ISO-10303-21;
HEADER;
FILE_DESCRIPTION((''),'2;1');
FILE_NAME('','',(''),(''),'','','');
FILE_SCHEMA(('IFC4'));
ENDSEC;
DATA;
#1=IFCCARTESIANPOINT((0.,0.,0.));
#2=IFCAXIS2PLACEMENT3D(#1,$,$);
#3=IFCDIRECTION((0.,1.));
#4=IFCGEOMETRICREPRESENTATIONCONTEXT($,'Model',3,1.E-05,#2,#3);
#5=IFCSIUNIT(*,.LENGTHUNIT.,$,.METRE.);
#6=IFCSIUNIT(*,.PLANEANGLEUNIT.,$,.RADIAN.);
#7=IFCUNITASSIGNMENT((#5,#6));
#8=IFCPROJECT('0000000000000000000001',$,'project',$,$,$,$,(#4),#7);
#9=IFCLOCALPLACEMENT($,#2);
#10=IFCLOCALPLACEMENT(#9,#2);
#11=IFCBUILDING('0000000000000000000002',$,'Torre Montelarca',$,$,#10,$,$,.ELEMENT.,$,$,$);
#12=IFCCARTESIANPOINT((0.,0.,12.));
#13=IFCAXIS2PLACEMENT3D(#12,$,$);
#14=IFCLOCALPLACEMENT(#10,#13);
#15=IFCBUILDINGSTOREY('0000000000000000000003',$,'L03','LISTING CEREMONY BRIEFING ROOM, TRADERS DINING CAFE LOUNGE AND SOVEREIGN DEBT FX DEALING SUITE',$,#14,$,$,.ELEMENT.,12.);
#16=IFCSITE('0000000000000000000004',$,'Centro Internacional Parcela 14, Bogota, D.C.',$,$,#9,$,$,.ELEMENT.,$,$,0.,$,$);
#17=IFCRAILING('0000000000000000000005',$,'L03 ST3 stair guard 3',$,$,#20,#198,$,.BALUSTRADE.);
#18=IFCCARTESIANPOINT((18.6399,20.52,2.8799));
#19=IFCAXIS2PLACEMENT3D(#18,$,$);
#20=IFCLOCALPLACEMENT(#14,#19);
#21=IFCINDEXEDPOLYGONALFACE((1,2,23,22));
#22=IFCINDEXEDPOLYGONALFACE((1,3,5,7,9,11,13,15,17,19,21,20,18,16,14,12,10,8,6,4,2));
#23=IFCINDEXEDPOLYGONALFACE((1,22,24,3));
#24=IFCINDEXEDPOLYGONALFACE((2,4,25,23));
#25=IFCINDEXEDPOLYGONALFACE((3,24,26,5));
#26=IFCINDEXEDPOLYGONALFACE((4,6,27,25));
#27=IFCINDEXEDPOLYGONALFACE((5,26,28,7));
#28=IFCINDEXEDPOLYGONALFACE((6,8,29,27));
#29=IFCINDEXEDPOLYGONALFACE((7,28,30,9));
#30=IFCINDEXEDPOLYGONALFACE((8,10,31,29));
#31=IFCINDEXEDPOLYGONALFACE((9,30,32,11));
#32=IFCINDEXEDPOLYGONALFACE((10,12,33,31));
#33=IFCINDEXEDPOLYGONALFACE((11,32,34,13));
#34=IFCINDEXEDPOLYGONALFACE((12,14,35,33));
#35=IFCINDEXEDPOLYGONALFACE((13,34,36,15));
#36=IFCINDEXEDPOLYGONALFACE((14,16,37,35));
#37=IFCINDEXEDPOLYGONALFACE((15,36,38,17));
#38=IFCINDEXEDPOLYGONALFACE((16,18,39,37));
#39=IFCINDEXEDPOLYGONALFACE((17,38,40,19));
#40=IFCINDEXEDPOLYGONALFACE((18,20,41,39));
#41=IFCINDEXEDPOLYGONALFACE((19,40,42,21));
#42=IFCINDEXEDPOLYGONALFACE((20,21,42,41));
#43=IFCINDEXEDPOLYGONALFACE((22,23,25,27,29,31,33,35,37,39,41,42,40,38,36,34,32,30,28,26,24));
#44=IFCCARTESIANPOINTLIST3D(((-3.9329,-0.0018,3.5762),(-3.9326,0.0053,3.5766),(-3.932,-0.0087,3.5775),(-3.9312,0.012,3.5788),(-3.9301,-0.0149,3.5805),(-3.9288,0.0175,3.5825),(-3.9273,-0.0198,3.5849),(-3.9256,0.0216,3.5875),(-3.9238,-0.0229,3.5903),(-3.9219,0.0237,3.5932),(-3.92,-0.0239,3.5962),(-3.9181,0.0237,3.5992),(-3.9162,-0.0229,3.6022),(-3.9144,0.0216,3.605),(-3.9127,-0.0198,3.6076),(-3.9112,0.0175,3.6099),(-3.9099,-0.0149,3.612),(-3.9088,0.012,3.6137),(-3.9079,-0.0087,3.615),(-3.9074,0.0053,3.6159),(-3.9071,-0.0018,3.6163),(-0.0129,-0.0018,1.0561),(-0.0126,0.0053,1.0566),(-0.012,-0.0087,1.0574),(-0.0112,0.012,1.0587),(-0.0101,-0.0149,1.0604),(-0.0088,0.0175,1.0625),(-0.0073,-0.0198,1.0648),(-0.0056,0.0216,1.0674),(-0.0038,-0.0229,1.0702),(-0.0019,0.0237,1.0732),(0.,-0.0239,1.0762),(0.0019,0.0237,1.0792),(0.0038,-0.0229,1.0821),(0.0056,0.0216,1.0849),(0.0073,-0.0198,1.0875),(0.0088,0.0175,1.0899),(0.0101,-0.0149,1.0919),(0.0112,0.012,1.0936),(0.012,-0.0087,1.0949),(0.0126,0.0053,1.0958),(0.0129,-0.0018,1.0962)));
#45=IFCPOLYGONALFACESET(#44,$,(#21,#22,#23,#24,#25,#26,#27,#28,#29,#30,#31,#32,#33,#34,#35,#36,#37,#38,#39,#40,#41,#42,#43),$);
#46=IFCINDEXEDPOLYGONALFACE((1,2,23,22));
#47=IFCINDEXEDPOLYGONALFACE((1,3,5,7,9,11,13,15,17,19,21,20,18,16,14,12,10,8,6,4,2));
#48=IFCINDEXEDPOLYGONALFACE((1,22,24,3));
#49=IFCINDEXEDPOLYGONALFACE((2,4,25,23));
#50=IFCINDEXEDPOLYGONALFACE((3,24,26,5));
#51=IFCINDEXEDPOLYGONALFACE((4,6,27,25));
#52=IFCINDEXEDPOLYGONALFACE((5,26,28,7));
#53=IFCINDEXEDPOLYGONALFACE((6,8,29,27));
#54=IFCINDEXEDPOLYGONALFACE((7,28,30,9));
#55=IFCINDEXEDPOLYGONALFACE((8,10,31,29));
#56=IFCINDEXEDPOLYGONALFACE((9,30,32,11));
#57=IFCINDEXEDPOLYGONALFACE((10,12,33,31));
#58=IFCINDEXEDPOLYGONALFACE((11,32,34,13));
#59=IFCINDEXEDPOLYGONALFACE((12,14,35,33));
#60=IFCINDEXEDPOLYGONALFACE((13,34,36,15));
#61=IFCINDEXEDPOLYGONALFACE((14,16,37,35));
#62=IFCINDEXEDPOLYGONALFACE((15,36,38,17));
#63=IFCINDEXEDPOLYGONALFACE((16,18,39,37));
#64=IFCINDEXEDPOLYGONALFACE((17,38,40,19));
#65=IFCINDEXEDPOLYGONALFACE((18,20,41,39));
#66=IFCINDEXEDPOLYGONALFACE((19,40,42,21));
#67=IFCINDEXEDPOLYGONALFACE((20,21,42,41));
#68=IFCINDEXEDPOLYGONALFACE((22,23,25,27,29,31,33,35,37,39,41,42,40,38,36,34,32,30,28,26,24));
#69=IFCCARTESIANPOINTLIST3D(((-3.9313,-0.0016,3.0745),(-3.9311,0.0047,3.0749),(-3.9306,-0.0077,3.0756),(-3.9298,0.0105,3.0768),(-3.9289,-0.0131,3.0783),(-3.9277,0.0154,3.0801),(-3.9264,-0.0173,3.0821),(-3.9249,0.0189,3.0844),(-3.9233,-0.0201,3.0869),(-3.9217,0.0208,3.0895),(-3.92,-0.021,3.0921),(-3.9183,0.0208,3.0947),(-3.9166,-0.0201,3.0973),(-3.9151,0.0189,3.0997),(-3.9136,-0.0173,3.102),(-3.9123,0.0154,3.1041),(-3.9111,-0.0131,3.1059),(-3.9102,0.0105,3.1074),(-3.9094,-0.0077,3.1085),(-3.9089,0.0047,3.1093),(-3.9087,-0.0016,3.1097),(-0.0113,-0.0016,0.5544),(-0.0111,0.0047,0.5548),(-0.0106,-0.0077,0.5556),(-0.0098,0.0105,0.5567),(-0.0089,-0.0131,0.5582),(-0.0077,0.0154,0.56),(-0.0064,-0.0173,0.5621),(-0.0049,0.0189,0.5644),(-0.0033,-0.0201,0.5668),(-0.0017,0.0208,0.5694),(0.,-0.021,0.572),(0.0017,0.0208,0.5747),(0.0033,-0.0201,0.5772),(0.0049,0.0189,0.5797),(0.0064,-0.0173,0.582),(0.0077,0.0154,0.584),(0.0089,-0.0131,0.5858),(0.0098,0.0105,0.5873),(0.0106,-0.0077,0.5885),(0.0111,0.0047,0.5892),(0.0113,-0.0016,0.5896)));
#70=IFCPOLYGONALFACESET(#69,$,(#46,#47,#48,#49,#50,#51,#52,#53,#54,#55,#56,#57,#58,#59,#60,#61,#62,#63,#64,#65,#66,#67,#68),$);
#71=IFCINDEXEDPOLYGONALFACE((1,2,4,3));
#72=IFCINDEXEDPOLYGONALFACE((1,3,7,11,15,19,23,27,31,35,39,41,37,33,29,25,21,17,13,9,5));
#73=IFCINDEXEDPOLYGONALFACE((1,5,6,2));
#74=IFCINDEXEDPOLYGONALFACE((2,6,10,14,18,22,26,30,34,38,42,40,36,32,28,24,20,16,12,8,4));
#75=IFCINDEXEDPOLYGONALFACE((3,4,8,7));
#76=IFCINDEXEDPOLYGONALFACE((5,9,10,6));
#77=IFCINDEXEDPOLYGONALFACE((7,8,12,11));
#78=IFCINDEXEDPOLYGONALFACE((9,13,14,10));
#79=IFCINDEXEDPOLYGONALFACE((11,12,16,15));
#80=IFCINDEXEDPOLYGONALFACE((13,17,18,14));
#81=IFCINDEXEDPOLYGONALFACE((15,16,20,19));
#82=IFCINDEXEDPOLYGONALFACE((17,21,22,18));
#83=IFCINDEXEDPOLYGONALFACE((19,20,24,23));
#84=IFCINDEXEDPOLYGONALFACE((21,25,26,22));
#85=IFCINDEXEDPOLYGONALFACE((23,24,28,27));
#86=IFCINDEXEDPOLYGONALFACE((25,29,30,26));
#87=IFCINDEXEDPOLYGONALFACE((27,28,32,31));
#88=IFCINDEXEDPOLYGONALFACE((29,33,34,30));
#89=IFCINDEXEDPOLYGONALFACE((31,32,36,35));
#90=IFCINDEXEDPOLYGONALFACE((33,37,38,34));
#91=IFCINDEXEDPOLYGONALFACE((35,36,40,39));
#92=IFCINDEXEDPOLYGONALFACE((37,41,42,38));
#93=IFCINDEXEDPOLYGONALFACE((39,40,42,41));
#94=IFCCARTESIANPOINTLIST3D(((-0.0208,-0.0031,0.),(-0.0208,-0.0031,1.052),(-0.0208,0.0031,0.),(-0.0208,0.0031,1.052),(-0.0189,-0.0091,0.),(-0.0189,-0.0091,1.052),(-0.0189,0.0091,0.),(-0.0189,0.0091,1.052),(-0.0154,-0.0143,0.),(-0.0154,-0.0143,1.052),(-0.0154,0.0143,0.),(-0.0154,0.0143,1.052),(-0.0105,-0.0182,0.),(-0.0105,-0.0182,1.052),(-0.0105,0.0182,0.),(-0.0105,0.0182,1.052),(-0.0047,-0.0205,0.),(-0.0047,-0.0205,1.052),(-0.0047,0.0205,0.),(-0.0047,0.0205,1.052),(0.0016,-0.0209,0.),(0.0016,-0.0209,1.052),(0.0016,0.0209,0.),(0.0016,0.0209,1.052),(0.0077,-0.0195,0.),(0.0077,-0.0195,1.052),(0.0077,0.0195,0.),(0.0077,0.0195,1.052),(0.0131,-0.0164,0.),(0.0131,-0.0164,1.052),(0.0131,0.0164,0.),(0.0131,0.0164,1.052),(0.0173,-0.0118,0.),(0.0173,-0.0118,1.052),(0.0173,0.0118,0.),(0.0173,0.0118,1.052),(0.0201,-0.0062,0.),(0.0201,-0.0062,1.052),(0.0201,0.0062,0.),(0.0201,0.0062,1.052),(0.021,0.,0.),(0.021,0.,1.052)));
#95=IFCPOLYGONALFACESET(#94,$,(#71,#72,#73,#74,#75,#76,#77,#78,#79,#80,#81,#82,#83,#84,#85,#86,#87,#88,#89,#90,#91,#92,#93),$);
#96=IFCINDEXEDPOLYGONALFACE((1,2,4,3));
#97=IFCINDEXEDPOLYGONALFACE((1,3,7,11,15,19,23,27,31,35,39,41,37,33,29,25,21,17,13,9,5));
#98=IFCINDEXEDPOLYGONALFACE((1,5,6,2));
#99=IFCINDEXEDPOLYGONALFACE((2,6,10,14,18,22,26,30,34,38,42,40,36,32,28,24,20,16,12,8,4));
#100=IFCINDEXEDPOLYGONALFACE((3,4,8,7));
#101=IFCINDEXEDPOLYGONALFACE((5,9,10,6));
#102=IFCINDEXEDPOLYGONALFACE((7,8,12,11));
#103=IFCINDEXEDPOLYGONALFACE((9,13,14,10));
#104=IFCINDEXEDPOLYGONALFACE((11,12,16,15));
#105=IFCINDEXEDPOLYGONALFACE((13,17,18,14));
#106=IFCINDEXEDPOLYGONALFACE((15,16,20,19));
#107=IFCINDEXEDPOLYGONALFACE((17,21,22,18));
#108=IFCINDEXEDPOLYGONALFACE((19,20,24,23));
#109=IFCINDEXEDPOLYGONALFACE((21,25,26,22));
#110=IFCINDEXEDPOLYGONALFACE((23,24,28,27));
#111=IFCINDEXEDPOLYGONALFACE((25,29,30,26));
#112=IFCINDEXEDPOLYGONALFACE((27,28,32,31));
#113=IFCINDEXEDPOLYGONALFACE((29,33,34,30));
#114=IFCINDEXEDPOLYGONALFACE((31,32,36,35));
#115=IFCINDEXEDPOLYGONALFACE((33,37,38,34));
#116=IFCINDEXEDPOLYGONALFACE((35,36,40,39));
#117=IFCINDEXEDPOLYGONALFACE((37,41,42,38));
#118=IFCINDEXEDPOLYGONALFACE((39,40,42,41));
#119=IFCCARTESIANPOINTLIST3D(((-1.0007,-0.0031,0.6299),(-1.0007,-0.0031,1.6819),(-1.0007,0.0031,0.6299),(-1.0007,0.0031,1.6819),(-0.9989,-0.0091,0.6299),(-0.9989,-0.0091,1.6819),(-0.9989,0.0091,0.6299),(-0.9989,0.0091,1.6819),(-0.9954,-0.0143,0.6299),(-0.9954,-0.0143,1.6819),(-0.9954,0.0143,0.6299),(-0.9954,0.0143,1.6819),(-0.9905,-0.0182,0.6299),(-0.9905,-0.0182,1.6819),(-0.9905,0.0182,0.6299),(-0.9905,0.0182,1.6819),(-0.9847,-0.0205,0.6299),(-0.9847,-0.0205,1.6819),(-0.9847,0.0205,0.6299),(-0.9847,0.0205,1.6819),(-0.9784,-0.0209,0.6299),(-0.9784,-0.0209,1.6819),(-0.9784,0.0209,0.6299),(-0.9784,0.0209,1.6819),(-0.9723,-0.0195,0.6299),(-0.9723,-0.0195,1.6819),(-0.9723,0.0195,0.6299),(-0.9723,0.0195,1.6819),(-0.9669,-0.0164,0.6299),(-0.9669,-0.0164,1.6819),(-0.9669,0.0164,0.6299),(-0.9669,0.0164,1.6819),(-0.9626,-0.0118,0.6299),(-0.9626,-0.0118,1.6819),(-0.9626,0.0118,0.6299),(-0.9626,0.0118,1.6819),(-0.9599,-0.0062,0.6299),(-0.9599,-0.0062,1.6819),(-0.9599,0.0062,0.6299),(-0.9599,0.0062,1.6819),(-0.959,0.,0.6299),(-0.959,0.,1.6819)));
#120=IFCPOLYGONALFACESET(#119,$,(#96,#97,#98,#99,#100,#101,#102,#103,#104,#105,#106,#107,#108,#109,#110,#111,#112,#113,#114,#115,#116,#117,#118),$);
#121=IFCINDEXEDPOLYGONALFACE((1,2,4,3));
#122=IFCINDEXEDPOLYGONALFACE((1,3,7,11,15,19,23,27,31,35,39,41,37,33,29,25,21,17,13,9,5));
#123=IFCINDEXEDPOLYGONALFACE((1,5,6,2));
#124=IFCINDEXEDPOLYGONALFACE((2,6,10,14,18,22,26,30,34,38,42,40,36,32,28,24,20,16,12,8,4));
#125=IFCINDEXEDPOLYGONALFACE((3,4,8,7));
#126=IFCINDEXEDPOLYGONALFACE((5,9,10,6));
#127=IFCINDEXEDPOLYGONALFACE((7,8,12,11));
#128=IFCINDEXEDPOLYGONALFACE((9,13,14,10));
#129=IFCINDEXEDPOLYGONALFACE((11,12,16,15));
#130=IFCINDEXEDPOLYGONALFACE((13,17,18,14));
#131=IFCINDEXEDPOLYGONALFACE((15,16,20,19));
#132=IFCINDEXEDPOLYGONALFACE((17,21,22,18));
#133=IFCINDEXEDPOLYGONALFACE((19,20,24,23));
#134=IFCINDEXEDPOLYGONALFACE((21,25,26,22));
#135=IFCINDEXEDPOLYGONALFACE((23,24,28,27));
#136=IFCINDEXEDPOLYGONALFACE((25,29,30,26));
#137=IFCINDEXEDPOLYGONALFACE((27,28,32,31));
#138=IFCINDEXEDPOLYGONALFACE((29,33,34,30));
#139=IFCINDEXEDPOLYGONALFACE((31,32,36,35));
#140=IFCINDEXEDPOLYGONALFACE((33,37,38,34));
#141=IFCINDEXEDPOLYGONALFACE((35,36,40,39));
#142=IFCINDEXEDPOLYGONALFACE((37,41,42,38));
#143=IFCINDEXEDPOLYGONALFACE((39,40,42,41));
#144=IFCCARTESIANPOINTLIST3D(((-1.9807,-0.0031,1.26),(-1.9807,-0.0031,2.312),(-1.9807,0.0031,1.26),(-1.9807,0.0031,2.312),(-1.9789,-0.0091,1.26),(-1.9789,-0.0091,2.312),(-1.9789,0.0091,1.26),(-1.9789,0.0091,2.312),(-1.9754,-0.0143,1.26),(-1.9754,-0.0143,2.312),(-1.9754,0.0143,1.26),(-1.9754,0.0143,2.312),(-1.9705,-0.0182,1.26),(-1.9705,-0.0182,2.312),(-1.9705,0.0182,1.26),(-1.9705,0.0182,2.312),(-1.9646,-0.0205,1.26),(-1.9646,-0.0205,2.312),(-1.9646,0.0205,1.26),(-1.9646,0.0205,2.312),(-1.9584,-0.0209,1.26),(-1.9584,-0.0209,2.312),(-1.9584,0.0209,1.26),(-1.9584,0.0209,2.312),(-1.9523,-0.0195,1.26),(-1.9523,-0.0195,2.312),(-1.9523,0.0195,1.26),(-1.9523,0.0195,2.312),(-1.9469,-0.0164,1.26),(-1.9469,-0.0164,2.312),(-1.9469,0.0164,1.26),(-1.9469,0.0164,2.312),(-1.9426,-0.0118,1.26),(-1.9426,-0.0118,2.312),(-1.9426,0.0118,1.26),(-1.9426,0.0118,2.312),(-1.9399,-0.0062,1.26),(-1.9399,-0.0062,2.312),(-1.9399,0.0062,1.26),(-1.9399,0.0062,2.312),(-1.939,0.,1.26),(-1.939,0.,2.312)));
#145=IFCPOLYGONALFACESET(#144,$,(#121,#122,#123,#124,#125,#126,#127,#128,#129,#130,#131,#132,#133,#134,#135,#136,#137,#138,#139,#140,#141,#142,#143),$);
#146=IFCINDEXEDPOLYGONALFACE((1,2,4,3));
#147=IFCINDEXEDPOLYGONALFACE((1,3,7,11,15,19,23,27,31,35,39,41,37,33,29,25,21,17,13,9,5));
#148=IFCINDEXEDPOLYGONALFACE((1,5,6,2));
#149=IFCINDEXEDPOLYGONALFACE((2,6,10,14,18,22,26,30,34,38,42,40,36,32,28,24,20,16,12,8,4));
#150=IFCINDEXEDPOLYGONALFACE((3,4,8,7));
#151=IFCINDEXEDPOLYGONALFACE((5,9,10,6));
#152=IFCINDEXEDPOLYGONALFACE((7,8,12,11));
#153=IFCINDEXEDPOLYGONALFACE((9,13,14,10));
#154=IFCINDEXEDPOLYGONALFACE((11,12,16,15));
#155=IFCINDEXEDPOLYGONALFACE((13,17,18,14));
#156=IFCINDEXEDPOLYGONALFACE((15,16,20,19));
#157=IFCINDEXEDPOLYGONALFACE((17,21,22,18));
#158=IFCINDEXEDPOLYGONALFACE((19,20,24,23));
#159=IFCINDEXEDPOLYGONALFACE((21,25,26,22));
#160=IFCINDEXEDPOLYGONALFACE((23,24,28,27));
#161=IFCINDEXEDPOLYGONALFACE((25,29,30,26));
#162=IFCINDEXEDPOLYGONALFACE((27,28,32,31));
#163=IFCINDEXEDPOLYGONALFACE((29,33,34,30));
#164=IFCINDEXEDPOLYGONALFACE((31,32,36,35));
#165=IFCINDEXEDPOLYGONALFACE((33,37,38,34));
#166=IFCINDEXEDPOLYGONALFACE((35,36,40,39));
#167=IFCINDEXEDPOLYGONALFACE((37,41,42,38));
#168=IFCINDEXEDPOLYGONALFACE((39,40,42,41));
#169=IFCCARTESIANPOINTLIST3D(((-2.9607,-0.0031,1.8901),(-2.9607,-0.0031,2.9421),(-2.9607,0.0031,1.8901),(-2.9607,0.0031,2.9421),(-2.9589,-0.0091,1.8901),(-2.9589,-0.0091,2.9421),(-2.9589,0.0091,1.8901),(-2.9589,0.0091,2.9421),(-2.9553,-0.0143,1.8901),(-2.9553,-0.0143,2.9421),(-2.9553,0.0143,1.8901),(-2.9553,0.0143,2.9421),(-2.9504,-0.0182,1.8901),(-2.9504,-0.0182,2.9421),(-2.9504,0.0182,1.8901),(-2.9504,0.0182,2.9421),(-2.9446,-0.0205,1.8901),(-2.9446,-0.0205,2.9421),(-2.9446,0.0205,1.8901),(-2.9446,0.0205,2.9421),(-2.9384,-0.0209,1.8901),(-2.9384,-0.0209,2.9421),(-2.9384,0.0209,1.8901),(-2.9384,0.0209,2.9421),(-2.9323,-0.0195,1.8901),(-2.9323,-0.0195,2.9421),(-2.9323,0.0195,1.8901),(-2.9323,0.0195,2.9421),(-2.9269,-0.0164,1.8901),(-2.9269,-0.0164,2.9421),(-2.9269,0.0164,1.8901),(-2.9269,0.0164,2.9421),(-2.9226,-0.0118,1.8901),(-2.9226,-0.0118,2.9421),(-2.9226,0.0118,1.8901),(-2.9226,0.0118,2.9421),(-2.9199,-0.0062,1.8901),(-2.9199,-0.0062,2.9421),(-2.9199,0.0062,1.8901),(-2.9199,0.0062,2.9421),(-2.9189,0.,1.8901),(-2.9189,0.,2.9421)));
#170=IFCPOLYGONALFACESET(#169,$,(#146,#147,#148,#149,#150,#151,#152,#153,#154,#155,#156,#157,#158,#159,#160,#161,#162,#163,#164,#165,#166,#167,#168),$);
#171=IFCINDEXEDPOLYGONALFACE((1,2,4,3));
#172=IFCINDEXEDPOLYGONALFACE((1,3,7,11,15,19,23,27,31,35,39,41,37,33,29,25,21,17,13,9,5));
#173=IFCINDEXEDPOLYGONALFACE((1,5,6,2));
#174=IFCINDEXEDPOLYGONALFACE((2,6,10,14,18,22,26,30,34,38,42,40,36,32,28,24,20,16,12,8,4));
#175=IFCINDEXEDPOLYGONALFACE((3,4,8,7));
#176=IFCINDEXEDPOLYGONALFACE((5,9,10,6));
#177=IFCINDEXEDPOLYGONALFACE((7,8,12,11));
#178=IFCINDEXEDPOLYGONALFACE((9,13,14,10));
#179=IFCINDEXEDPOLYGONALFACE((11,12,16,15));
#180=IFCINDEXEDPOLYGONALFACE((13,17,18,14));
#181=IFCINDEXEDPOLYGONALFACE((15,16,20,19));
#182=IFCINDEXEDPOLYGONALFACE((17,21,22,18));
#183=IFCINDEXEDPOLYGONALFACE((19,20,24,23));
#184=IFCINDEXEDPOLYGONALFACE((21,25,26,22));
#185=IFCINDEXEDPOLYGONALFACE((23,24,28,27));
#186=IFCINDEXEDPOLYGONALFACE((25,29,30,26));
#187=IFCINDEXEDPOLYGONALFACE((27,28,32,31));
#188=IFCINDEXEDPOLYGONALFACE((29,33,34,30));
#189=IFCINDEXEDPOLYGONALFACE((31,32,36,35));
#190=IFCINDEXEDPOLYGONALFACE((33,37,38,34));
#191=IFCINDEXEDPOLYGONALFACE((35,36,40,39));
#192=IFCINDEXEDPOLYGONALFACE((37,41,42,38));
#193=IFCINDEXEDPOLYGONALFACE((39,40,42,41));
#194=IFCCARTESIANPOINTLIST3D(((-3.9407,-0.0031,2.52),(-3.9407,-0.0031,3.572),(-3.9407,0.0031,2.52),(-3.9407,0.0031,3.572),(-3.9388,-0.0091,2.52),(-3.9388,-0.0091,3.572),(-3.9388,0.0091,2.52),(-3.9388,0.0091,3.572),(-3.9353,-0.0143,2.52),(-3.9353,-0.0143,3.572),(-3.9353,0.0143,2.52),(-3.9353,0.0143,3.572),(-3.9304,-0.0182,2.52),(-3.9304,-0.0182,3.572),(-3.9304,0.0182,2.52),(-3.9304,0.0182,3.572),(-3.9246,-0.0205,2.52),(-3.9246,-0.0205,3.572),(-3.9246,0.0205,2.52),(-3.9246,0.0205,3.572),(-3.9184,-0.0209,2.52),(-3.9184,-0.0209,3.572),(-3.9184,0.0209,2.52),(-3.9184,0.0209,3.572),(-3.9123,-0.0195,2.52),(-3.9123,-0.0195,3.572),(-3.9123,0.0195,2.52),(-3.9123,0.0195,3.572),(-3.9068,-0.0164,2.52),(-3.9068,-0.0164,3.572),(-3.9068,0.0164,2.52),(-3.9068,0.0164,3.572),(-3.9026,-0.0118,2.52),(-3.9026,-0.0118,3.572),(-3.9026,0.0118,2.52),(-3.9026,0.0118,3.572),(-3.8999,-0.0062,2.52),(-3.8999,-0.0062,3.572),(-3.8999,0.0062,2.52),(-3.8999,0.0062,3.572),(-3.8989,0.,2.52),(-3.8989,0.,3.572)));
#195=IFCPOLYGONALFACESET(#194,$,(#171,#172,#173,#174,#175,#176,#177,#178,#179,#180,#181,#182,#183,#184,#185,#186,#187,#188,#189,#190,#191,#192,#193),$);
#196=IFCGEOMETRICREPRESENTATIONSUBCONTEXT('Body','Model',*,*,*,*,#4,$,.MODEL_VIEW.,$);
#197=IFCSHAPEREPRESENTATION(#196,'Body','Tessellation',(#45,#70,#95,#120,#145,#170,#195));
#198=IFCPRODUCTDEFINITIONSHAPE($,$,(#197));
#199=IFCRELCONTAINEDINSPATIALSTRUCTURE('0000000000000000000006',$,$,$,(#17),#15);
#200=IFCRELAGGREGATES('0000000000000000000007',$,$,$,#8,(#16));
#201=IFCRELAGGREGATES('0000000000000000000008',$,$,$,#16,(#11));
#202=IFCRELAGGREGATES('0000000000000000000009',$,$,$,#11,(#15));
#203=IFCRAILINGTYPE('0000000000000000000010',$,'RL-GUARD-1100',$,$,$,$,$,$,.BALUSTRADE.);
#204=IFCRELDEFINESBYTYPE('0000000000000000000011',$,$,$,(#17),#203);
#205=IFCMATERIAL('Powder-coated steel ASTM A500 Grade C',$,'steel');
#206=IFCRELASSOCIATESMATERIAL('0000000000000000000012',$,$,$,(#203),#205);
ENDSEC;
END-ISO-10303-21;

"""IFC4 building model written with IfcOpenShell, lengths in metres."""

from ifc_helpers import new_model, si_unit, direction, frame, origin, origin_2d, place, context, subcontext, project, spatial, circle, extrude, material, type_object, element, save


model = new_model("IFC4")

# Units and contexts
model_context = context("Model", 3, precision=1e-05, world=origin(), true_north=direction((0.0, 1.0)))
body_context = subcontext(model_context, "Body", "Model", "MODEL_VIEW")
ifc_project = project(units=[si_unit("LENGTHUNIT", "METRE"), si_unit("PLANEANGLEUNIT", "RADIAN")], contexts=[model_context])

# Site, building, storey
site_placement = place(None, origin())
site = spatial("IfcSite", under=ifc_project, at=site_placement, Name="Centro Internacional Parcela 14, Bogota, D.C.", CompositionType="ELEMENT", RefElevation=0.0)
building_placement = place(site_placement, origin())
building = spatial("IfcBuilding", under=site, at=building_placement, Name="Torre Montelarca", CompositionType="ELEMENT")
storey_placement = place(building_placement, frame((0.0, 0.0, 12.0)))
storey = spatial("IfcBuildingStorey", under=building, at=storey_placement, Name="L03", Description="LISTING CEREMONY BRIEFING ROOM, TRADERS DINING CAFE LOUNGE AND SOVEREIGN DEBT FX DEALING SUITE", CompositionType="ELEMENT", Elevation=12.0)

# Railing
ifc_material_1 = material(Name="Powder-coated steel ASTM A500 Grade C", Category="steel")
railing_type_1 = type_object("IfcRailingType", Name="RL-GUARD-1100", PredefinedType="BALUSTRADE", material=ifc_material_1)
railing_1_placement = place(storey_placement, frame((18.6399, 20.52, 2.8799)))
element("IfcRailing", 1, at=railing_1_placement, inside=storey, type_object=railing_type_1, Name="L03 ST3 stair guard 3", PredefinedType="BALUSTRADE", context=body_context, shape_type="SweptSolid", body=[
    extrude(circle(Radius=0.0239, at=origin_2d()), frame((0.0, 0.0, 1.0762), z_axis=(-0.841172, 0.0, 0.540768), x_axis=(0.0, -1.0, 0.0)), (0.0, 0.0, 1.0), 4.6602),
    extrude(circle(Radius=0.021, at=origin_2d()), frame((0.0, 0.0, 0.572), z_axis=(-0.841172, 0.0, 0.540768), x_axis=(0.0, -1.0, 0.0)), (0.0, 0.0, 1.0), 4.6602),
    extrude(circle(Radius=0.021, at=origin_2d()), origin(), (0.0, 0.0, 1.0), 1.052),
    extrude(circle(Radius=0.021, at=origin_2d()), frame((-0.98, 0.0, 0.6299)), (0.0, 0.0, 1.0), 1.052),
    extrude(circle(Radius=0.021, at=origin_2d()), frame((-1.96, 0.0, 1.26)), (0.0, 0.0, 1.0), 1.052),
    extrude(circle(Radius=0.021, at=origin_2d()), frame((-2.9399, 0.0, 1.8901)), (0.0, 0.0, 1.0), 1.052),
    extrude(circle(Radius=0.021, at=origin_2d()), frame((-3.9199, 0.0, 2.52)), (0.0, 0.0, 1.0), 1.052),
])

save(model, "model.ifc")
